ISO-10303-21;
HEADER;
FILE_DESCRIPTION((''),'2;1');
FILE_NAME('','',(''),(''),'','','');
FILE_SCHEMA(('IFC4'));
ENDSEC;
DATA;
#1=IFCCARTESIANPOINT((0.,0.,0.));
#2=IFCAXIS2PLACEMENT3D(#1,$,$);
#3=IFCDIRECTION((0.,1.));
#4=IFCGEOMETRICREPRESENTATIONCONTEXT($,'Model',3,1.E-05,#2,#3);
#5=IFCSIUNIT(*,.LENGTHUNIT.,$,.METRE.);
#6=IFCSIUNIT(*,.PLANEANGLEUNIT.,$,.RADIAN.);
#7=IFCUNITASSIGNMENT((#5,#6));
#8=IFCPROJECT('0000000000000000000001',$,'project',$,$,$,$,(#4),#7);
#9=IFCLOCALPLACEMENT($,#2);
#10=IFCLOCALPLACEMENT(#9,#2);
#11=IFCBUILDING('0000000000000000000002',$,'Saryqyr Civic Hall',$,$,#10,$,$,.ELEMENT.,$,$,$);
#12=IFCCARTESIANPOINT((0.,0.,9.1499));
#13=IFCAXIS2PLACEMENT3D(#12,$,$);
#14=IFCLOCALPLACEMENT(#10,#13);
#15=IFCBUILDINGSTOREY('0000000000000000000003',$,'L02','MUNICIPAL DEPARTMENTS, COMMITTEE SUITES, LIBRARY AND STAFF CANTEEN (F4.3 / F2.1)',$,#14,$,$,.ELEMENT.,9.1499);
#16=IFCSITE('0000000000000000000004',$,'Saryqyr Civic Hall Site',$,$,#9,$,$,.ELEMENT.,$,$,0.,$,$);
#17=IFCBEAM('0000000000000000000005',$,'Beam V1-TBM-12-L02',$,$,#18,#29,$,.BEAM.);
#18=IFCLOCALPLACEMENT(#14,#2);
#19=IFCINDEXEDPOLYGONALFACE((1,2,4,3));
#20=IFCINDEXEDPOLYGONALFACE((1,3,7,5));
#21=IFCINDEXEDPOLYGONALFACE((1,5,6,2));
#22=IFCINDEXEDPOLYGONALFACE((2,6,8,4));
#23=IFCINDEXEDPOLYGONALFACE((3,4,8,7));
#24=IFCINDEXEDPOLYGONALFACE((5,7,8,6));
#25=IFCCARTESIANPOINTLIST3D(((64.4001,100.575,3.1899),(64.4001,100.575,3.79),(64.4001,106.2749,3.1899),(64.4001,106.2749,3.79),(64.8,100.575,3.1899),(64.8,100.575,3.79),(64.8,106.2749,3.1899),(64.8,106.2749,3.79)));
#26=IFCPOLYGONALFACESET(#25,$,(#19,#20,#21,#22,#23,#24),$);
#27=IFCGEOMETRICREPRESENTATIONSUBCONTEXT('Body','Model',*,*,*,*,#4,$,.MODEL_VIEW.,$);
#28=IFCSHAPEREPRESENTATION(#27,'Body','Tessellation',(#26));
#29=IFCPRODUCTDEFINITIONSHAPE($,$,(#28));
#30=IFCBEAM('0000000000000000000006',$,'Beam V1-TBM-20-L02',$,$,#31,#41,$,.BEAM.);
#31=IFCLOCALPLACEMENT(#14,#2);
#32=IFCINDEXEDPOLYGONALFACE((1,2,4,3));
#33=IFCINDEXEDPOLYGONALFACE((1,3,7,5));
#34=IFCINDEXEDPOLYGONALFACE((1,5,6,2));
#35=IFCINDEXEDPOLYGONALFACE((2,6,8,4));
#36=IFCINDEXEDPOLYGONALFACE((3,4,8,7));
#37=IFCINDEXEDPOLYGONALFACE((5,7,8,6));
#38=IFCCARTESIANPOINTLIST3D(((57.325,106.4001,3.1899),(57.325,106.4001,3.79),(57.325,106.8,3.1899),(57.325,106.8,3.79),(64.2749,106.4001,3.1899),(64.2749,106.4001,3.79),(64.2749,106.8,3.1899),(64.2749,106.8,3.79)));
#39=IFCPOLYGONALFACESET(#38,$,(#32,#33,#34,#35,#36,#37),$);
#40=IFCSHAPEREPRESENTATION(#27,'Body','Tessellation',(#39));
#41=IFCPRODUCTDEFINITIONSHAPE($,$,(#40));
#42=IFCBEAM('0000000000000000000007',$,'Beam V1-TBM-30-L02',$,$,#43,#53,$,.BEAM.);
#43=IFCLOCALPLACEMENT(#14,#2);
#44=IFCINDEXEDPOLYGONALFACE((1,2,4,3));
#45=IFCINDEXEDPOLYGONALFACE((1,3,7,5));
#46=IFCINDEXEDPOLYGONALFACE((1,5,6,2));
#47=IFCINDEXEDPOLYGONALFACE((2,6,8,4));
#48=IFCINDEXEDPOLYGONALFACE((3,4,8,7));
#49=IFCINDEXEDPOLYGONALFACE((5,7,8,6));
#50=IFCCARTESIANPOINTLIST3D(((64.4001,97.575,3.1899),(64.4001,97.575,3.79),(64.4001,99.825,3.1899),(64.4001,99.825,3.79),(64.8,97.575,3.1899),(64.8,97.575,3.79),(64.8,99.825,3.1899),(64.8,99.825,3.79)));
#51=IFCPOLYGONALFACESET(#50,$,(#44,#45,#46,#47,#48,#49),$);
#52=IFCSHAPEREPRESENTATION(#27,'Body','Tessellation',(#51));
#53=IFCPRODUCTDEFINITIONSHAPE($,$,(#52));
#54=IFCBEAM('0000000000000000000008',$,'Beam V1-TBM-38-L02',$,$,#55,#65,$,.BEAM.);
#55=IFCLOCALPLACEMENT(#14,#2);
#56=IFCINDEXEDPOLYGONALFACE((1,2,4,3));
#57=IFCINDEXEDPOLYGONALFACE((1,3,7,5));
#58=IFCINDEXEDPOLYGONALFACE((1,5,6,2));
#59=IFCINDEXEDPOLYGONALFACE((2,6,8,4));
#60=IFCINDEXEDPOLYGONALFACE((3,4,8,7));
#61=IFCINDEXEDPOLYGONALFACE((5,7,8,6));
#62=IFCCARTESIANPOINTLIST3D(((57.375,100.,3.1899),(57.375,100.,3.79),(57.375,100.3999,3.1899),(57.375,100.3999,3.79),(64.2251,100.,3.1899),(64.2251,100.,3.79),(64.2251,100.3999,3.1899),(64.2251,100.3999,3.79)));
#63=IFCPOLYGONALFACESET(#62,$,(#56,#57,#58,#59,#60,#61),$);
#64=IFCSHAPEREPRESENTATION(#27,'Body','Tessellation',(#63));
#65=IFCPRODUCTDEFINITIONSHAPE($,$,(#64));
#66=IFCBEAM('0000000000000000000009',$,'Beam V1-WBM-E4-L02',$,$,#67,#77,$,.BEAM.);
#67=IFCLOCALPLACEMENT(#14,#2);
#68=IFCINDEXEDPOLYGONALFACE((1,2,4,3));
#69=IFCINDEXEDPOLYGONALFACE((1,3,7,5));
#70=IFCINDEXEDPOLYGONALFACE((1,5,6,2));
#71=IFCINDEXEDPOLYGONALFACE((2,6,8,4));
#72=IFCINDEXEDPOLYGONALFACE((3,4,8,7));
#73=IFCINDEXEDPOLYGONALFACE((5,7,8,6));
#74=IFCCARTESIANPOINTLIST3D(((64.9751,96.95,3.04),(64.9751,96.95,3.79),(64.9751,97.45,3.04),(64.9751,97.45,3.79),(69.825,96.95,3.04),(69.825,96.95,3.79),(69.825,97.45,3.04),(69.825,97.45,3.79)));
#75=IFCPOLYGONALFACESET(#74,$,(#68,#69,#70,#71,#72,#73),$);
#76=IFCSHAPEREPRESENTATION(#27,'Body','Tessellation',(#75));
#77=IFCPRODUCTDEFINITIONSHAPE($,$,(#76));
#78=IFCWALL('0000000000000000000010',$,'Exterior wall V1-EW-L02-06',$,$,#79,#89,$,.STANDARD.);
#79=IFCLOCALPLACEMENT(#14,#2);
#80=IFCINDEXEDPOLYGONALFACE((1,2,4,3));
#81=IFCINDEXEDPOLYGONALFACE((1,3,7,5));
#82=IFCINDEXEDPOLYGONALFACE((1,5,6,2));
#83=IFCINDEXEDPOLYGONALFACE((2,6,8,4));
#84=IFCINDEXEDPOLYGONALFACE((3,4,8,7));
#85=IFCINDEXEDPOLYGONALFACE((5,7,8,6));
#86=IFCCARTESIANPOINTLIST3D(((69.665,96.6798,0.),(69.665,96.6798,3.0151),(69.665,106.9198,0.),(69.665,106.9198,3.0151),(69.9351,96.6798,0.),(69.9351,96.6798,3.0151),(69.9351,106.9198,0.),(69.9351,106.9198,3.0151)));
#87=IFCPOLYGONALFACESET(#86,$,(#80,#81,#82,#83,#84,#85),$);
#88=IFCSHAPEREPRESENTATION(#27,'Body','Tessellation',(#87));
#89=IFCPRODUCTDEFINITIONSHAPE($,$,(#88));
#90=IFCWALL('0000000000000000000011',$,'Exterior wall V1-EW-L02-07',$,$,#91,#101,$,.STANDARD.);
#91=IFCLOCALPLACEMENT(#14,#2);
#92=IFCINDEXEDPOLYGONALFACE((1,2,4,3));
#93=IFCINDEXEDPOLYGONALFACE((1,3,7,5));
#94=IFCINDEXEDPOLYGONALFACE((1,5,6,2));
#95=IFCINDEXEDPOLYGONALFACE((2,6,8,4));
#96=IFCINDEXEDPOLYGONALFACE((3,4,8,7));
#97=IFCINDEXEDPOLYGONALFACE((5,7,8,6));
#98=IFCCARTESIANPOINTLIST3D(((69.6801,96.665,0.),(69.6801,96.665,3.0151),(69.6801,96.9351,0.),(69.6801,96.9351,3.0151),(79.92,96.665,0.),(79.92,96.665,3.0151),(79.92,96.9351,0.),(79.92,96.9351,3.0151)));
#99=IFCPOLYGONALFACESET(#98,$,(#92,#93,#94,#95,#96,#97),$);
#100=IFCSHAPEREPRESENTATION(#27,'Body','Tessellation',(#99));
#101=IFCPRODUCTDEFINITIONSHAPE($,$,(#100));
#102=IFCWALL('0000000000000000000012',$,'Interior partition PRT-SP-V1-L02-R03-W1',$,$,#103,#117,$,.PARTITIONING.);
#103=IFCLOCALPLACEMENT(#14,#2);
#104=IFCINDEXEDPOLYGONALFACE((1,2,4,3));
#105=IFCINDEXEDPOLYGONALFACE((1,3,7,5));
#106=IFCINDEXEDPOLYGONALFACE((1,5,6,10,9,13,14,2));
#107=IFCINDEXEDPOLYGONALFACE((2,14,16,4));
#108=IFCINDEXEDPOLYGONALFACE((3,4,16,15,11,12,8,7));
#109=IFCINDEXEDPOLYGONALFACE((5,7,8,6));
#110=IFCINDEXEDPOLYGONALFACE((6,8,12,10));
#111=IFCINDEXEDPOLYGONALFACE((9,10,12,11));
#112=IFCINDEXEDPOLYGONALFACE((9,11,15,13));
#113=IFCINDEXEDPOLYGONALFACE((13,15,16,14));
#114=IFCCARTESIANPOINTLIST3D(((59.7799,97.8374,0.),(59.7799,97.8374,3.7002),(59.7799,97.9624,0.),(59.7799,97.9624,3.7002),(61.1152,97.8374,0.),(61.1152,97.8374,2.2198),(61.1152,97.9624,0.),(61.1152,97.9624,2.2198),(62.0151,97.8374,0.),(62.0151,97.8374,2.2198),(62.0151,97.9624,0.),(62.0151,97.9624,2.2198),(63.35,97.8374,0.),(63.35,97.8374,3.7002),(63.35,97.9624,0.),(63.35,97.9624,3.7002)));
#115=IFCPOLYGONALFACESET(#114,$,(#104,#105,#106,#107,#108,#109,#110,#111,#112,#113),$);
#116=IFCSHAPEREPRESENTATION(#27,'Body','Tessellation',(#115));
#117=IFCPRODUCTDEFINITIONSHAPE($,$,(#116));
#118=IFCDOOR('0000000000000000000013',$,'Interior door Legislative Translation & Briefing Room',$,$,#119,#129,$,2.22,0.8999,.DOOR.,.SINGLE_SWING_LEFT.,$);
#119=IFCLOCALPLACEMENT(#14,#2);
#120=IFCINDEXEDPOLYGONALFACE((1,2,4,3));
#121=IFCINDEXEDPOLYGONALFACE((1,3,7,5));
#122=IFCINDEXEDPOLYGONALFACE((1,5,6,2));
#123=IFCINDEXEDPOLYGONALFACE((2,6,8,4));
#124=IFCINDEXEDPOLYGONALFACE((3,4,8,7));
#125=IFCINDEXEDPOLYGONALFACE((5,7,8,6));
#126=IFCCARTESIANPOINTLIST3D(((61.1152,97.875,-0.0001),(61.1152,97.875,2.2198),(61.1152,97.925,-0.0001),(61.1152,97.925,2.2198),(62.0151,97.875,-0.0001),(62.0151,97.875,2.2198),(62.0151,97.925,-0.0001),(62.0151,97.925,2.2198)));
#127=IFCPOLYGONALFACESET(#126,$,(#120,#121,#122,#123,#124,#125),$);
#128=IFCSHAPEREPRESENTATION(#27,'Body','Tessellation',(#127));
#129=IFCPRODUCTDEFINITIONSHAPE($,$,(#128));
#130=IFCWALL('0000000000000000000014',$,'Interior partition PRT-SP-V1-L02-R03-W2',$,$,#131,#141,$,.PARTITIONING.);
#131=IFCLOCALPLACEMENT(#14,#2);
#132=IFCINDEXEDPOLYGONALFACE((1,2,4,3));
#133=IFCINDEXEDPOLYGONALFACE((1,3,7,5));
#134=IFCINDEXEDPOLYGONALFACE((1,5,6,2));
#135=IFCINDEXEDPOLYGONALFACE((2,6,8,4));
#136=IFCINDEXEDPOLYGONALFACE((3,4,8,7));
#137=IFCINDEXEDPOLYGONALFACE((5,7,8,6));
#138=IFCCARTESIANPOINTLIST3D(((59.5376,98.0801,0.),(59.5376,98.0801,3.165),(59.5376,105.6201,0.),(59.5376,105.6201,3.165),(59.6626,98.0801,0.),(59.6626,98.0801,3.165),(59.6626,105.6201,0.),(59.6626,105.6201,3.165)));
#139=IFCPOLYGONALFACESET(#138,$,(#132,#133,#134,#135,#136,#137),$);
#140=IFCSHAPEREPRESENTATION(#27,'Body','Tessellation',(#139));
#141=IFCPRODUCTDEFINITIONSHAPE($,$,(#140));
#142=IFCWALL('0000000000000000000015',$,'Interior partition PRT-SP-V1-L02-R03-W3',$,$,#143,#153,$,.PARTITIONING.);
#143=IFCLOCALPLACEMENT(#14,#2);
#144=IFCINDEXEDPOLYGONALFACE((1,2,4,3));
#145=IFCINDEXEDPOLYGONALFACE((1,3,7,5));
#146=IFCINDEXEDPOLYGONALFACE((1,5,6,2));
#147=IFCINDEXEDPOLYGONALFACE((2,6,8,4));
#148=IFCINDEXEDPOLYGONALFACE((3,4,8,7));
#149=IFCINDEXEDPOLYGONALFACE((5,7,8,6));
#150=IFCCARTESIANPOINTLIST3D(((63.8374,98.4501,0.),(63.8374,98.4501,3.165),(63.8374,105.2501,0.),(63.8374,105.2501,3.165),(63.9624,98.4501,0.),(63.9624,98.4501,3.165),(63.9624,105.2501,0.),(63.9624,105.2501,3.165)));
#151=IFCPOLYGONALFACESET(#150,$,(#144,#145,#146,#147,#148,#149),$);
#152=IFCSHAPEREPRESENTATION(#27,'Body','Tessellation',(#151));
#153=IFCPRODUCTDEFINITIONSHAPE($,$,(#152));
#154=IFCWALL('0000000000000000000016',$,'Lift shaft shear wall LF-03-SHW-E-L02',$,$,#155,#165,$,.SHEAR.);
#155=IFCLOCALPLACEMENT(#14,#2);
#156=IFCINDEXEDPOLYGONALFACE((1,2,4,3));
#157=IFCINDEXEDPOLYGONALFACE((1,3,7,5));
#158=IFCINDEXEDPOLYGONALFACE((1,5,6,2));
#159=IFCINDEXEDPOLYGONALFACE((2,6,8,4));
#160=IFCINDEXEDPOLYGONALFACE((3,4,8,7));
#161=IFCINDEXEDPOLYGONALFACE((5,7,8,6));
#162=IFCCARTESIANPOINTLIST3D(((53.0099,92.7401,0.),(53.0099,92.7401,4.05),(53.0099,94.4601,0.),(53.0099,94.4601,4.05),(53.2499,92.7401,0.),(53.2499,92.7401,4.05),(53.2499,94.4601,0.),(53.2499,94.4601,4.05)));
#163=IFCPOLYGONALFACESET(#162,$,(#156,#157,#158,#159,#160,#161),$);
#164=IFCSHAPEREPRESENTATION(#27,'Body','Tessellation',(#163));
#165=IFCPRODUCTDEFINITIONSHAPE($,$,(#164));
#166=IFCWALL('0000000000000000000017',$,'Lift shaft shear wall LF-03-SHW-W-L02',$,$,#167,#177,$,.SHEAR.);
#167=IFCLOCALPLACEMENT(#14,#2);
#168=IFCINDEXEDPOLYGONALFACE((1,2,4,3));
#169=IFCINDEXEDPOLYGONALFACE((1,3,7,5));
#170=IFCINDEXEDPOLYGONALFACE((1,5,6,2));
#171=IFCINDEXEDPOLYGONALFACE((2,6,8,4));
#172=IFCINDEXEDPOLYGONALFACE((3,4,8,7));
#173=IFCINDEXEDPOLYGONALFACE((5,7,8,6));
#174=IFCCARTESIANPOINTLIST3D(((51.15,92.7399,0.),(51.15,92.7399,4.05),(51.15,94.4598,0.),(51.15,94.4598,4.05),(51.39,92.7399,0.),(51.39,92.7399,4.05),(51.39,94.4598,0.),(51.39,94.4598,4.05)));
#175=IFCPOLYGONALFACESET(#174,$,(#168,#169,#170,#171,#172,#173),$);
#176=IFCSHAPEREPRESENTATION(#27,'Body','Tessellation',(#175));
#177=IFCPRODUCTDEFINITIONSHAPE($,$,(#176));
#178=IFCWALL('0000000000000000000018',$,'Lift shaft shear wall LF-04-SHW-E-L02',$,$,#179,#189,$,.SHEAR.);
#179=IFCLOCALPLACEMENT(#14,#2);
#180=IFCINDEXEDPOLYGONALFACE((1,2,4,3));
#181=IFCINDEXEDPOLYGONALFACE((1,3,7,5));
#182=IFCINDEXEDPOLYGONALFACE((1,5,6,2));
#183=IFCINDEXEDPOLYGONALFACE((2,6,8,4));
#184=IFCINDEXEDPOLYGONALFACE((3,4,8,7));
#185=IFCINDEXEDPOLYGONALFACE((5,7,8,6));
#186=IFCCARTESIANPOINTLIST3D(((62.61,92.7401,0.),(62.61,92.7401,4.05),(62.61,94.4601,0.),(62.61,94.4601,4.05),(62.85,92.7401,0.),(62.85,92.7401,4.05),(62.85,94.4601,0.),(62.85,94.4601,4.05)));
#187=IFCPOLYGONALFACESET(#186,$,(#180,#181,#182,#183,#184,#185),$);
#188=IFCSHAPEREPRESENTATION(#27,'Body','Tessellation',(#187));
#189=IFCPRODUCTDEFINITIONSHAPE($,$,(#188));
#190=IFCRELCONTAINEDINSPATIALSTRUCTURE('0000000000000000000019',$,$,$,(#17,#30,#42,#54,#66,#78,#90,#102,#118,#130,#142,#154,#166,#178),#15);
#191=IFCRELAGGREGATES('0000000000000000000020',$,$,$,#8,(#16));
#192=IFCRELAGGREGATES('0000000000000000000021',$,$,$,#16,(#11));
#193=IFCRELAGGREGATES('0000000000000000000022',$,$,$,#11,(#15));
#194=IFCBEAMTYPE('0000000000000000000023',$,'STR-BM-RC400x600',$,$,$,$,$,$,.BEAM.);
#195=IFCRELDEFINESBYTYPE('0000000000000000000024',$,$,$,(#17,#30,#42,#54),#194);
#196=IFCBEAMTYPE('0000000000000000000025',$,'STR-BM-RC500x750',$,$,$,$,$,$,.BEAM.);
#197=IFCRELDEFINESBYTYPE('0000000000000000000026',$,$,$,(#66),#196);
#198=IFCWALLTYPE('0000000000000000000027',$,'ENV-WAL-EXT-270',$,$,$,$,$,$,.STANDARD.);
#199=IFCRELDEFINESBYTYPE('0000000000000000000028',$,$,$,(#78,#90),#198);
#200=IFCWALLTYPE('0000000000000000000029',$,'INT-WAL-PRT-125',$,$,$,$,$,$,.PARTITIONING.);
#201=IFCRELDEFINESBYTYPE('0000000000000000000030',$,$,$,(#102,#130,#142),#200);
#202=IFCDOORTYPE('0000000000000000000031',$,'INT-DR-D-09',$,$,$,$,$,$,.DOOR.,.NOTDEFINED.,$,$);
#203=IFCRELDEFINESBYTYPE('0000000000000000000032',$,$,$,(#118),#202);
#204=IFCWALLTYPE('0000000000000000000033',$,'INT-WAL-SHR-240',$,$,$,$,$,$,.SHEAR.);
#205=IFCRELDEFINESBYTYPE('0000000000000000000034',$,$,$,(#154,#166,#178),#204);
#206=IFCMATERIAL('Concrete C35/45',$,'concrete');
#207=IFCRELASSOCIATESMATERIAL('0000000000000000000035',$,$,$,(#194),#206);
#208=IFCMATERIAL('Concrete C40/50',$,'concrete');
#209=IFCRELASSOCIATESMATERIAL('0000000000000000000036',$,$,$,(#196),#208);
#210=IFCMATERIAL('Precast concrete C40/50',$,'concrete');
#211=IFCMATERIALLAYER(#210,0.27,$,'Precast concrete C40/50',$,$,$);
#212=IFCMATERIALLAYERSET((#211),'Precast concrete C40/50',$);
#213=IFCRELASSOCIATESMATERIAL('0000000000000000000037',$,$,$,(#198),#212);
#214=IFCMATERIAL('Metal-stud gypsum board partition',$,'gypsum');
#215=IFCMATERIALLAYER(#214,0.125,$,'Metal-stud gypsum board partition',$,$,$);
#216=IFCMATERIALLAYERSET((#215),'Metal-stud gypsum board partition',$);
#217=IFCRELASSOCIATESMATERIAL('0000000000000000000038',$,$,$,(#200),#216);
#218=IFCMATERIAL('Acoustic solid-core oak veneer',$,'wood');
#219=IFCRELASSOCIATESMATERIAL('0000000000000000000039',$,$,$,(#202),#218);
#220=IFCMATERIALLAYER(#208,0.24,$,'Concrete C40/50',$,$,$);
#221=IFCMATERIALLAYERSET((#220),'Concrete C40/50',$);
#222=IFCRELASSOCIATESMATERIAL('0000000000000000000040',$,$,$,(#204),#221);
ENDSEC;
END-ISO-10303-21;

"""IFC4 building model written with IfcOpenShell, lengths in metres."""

from ifc_helpers import new_model, si_unit, direction, frame, frame_2d, origin, origin_2d, place, context, subcontext, project, spatial, rectangle, extrude, material, layer, layer_set, material_profile, profile_set, type_object, element, fill, save


model = new_model("IFC4")

# Units and contexts
model_context = context("Model", 3, precision=1e-05, world=origin(), true_north=direction((0.0, 1.0)))
body_context = subcontext(model_context, "Body", "Model", "MODEL_VIEW")
ifc_project = project(units=[si_unit("LENGTHUNIT", "METRE"), si_unit("PLANEANGLEUNIT", "RADIAN")], contexts=[model_context])

# Site, building, storey
site_placement = place(None, origin())
site = spatial("IfcSite", under=ifc_project, at=site_placement, Name="Saryqyr Civic Hall Site", CompositionType="ELEMENT", RefElevation=0.0)
building_placement = place(site_placement, origin())
building = spatial("IfcBuilding", under=site, at=building_placement, Name="Saryqyr Civic Hall", CompositionType="ELEMENT")
storey_placement = place(building_placement, frame((0.0, 0.0, 9.1499)))
storey = spatial("IfcBuildingStorey", under=building, at=storey_placement, Name="L02", Description="MUNICIPAL DEPARTMENTS, COMMITTEE SUITES, LIBRARY AND STAFF CANTEEN (F4.3 / F2.1)", CompositionType="ELEMENT", Elevation=9.1499)

# Shared definitions
ifc_material_1 = material(Name="Concrete C40/50", Category="concrete")

# Beams
ifc_material_2 = material(Name="Concrete C35/45", Category="concrete")
ifc_material_profile_1 = material_profile(ifc_material_2, rectangle(XDim=0.3999, YDim=0.6001, at=origin_2d()), Name="RC 400x600")
ifc_profile_set_1 = profile_set([ifc_material_profile_1], Name="Concrete C35/45")
beam_type_1 = type_object("IfcBeamType", Name="STR-BM-RC400x600", PredefinedType="BEAM", material=ifc_profile_set_1)
for number, where, z_axis, x_axis, name in (
    (1, (64.6001, 100.575, 3.49), (0.0, 1.0, 0.0), (-1.0, 0.0, 0.0), "Beam V1-TBM-12-L02"),
):
    element("IfcBeam", number, at=place(storey_placement, frame(where, z_axis=z_axis, x_axis=x_axis)), inside=storey, type_object=beam_type_1, Name=name, PredefinedType="BEAM", context=body_context, shape_type="SweptSolid", body=[
        extrude(rectangle(XDim=0.3999, YDim=0.6001, at=origin_2d()), origin(), (0.0, 0.0, 1.0), 5.7),
    ])
beam_1_placement = place(storey_placement, frame((57.325, 106.6001, 3.49), z_axis=(1.0, 0.0, 0.0), x_axis=(0.0, 1.0, 0.0)))
element("IfcBeam", 2, at=beam_1_placement, inside=storey, type_object=beam_type_1, Name="Beam V1-TBM-20-L02", PredefinedType="BEAM", context=body_context, shape_type="SweptSolid", body=[
    extrude(rectangle(XDim=0.3999, YDim=0.6001, at=origin_2d()), origin(), (0.0, 0.0, 1.0), 6.95),
])
beam_2_placement = place(storey_placement, frame((64.6001, 97.575, 3.49), z_axis=(0.0, 1.0, 0.0), x_axis=(-1.0, 0.0, 0.0)))
element("IfcBeam", 3, at=beam_2_placement, inside=storey, type_object=beam_type_1, Name="Beam V1-TBM-30-L02", PredefinedType="BEAM", context=body_context, shape_type="SweptSolid", body=[
    extrude(rectangle(XDim=0.3999, YDim=0.6001, at=origin_2d()), origin(), (0.0, 0.0, 1.0), 2.25),
])
beam_3_placement = place(storey_placement, frame((57.375, 100.2, 3.49), z_axis=(1.0, 0.0, 0.0), x_axis=(0.0, 1.0, 0.0)))
element("IfcBeam", 4, at=beam_3_placement, inside=storey, type_object=beam_type_1, Name="Beam V1-TBM-38-L02", PredefinedType="BEAM", context=body_context, shape_type="SweptSolid", body=[
    extrude(rectangle(XDim=0.3999, YDim=0.6001, at=origin_2d()), origin(), (0.0, 0.0, 1.0), 6.8501),
])
ifc_material_profile_2 = material_profile(ifc_material_1, rectangle(XDim=0.5, YDim=0.75, at=origin_2d()), Name="RC 500x750")
ifc_profile_set_2 = profile_set([ifc_material_profile_2], Name="Concrete C40/50")
beam_type_2 = type_object("IfcBeamType", Name="STR-BM-RC500x750", PredefinedType="BEAM", material=ifc_profile_set_2)
beam_4_placement = place(storey_placement, frame((64.9751, 97.2, 3.415), z_axis=(1.0, 0.0, 0.0), x_axis=(0.0, 1.0, 0.0)))
element("IfcBeam", 5, at=beam_4_placement, inside=storey, type_object=beam_type_2, Name="Beam V1-WBM-E4-L02", PredefinedType="BEAM", context=body_context, shape_type="SweptSolid", body=[
    extrude(rectangle(XDim=0.5, YDim=0.75, at=origin_2d()), origin(), (0.0, 0.0, 1.0), 4.8499),
])

# Walls
ifc_material_3 = material(Name="Precast concrete C40/50", Category="concrete")
ifc_layer_1 = layer(ifc_material_3, 0.27, Name="Precast concrete C40/50")
ifc_layer_set_1 = layer_set([ifc_layer_1], Name="Precast concrete C40/50")
wall_type_1 = type_object("IfcWallType", Name="ENV-WAL-EXT-270", PredefinedType="STANDARD", material=ifc_layer_set_1)
for number, where, z_axis, x_axis, name in (
    (6, (69.8, 106.9199, 0.0), (0.0, 0.0, 1.0), (0.0, -1.0, 0.0), "Exterior wall V1-EW-L02-06"),
    (7, (69.6799, 96.8, 0.0), (0.0, 0.0, 1.0), (1.0, 0.0, 0.0), "Exterior wall V1-EW-L02-07"),
):
    element("IfcWall", number, at=place(storey_placement, frame(where, z_axis=z_axis, x_axis=x_axis)), inside=storey, type_object=wall_type_1, Name=name, PredefinedType="STANDARD", context=body_context, shape_type="SweptSolid", body=[
        extrude(rectangle(XDim=10.24, YDim=0.27, at=frame_2d((5.1201, 0.0))), origin(), (0.0, 0.0, 1.0), 3.0151),
    ])

# Wall, opening, door
ifc_material_4 = material(Name="Metal-stud gypsum board partition", Category="gypsum")
ifc_layer_2 = layer(ifc_material_4, 0.125, Name="Metal-stud gypsum board partition")
ifc_layer_set_2 = layer_set([ifc_layer_2], Name="Metal-stud gypsum board partition")
wall_type_2 = type_object("IfcWallType", Name="INT-WAL-PRT-125", PredefinedType="PARTITIONING", material=ifc_layer_set_2)
wall_1_placement = place(storey_placement, frame((63.3501, 97.8999, 0.0), z_axis=(0.0, 0.0, 1.0), x_axis=(-1.0, 0.0, 0.0)))
wall_1 = element("IfcWall", 8, at=wall_1_placement, inside=storey, type_object=wall_type_2, Name="Interior partition PRT-SP-V1-L02-R03-W1", PredefinedType="PARTITIONING", context=body_context, shape_type="SweptSolid", body=[
    extrude(rectangle(XDim=3.5701, YDim=0.125, at=frame_2d((1.7852, 0.0))), origin(), (0.0, 0.0, 1.0), 3.7002),
])
opening_1_placement = place(wall_1_placement, frame((1.335, 0.0, 0.0)))
opening_1 = element("IfcOpeningElement", 9, at=opening_1_placement, cuts=wall_1, PredefinedType="OPENING", context=body_context, shape_type="SweptSolid", body=[
    extrude(rectangle(XDim=0.8999, YDim=2.22, at=frame_2d((0.45, 1.1099))), frame((0.0, 0.0725, 0.0), z_axis=(0.0, -1.0, 0.0), x_axis=(1.0, 0.0, 0.0)), (0.0, 0.0, 1.0), 0.145),
])
ifc_material_5 = material(Name="Acoustic solid-core oak veneer", Category="wood")
door_type_1 = type_object("IfcDoorType", Name="INT-DR-D-09", OperationType="NOTDEFINED", PredefinedType="DOOR", material=ifc_material_5)
door_1_placement = place(opening_1_placement, origin())
door_1 = element("IfcDoor", 10, at=door_1_placement, inside=storey, type_object=door_type_1, Name="Interior door Legislative Translation & Briefing Room", OperationType="SINGLE_SWING_LEFT", OverallHeight=2.22, OverallWidth=0.8999, PredefinedType="DOOR", context=body_context, shape_type="SweptSolid", body=[
    extrude(rectangle(XDim=0.8999, YDim=2.22, at=frame_2d((0.45, 1.1099))), frame((0.0, 0.0249, 0.0), z_axis=(0.0, -1.0, 0.0), x_axis=(1.0, 0.0, 0.0)), (0.0, 0.0, 1.0), 0.05),
])
fill(opening_1, door_1)

# Walls
wall_2_placement = place(storey_placement, frame((59.6001, 98.0801, 0.0), z_axis=(0.0, 0.0, 1.0), x_axis=(0.0, 1.0, 0.0)))
element("IfcWall", 11, at=wall_2_placement, inside=storey, type_object=wall_type_2, Name="Interior partition PRT-SP-V1-L02-R03-W2", PredefinedType="PARTITIONING", context=body_context, shape_type="SweptSolid", body=[
    extrude(rectangle(XDim=7.54, YDim=0.125, at=frame_2d((3.77, 0.0))), origin(), (0.0, 0.0, 1.0), 3.165),
])
wall_3_placement = place(storey_placement, frame((63.8999, 105.25, 0.0), z_axis=(0.0, 0.0, 1.0), x_axis=(0.0, -1.0, 0.0)))
element("IfcWall", 12, at=wall_3_placement, inside=storey, type_object=wall_type_2, Name="Interior partition PRT-SP-V1-L02-R03-W3", PredefinedType="PARTITIONING", context=body_context, shape_type="SweptSolid", body=[
    extrude(rectangle(XDim=6.8, YDim=0.125, at=frame_2d((3.3999, 0.0))), origin(), (0.0, 0.0, 1.0), 3.165),
])
ifc_layer_3 = layer(ifc_material_1, 0.24, Name="Concrete C40/50")
ifc_layer_set_3 = layer_set([ifc_layer_3], Name="Concrete C40/50")
wall_type_3 = type_object("IfcWallType", Name="INT-WAL-SHR-240", PredefinedType="SHEAR", material=ifc_layer_set_3)
for number, where, z_axis, x_axis, name in (
    (13, (53.1299, 94.46, 0.0), (0.0, 0.0, 1.0), (0.0, -1.0, 0.0), "Lift shaft shear wall LF-03-SHW-E-L02"),
    (14, (51.27, 92.74, 0.0), (0.0, 0.0, 1.0), (0.0, 1.0, 0.0), "Lift shaft shear wall LF-03-SHW-W-L02"),
):
    element("IfcWall", number, at=place(storey_placement, frame(where, z_axis=z_axis, x_axis=x_axis)), inside=storey, type_object=wall_type_3, Name=name, PredefinedType="SHEAR", context=body_context, shape_type="SweptSolid", body=[
        extrude(rectangle(XDim=1.72, YDim=0.24, at=frame_2d((0.8599, 0.0))), origin(), (0.0, 0.0, 1.0), 4.05),
    ])

# Wall
wall_4_placement = place(storey_placement, frame((62.73, 94.46, 0.0), z_axis=(0.0, 0.0, 1.0), x_axis=(0.0, -1.0, 0.0)))
element("IfcWall", 15, at=wall_4_placement, inside=storey, type_object=wall_type_3, Name="Lift shaft shear wall LF-04-SHW-E-L02", PredefinedType="SHEAR", context=body_context, shape_type="SweptSolid", body=[
    extrude(rectangle(XDim=1.72, YDim=0.24, at=frame_2d((0.8599, 0.0))), origin(), (0.0, 0.0, 1.0), 4.05),
])

save(model, "model.ifc")
